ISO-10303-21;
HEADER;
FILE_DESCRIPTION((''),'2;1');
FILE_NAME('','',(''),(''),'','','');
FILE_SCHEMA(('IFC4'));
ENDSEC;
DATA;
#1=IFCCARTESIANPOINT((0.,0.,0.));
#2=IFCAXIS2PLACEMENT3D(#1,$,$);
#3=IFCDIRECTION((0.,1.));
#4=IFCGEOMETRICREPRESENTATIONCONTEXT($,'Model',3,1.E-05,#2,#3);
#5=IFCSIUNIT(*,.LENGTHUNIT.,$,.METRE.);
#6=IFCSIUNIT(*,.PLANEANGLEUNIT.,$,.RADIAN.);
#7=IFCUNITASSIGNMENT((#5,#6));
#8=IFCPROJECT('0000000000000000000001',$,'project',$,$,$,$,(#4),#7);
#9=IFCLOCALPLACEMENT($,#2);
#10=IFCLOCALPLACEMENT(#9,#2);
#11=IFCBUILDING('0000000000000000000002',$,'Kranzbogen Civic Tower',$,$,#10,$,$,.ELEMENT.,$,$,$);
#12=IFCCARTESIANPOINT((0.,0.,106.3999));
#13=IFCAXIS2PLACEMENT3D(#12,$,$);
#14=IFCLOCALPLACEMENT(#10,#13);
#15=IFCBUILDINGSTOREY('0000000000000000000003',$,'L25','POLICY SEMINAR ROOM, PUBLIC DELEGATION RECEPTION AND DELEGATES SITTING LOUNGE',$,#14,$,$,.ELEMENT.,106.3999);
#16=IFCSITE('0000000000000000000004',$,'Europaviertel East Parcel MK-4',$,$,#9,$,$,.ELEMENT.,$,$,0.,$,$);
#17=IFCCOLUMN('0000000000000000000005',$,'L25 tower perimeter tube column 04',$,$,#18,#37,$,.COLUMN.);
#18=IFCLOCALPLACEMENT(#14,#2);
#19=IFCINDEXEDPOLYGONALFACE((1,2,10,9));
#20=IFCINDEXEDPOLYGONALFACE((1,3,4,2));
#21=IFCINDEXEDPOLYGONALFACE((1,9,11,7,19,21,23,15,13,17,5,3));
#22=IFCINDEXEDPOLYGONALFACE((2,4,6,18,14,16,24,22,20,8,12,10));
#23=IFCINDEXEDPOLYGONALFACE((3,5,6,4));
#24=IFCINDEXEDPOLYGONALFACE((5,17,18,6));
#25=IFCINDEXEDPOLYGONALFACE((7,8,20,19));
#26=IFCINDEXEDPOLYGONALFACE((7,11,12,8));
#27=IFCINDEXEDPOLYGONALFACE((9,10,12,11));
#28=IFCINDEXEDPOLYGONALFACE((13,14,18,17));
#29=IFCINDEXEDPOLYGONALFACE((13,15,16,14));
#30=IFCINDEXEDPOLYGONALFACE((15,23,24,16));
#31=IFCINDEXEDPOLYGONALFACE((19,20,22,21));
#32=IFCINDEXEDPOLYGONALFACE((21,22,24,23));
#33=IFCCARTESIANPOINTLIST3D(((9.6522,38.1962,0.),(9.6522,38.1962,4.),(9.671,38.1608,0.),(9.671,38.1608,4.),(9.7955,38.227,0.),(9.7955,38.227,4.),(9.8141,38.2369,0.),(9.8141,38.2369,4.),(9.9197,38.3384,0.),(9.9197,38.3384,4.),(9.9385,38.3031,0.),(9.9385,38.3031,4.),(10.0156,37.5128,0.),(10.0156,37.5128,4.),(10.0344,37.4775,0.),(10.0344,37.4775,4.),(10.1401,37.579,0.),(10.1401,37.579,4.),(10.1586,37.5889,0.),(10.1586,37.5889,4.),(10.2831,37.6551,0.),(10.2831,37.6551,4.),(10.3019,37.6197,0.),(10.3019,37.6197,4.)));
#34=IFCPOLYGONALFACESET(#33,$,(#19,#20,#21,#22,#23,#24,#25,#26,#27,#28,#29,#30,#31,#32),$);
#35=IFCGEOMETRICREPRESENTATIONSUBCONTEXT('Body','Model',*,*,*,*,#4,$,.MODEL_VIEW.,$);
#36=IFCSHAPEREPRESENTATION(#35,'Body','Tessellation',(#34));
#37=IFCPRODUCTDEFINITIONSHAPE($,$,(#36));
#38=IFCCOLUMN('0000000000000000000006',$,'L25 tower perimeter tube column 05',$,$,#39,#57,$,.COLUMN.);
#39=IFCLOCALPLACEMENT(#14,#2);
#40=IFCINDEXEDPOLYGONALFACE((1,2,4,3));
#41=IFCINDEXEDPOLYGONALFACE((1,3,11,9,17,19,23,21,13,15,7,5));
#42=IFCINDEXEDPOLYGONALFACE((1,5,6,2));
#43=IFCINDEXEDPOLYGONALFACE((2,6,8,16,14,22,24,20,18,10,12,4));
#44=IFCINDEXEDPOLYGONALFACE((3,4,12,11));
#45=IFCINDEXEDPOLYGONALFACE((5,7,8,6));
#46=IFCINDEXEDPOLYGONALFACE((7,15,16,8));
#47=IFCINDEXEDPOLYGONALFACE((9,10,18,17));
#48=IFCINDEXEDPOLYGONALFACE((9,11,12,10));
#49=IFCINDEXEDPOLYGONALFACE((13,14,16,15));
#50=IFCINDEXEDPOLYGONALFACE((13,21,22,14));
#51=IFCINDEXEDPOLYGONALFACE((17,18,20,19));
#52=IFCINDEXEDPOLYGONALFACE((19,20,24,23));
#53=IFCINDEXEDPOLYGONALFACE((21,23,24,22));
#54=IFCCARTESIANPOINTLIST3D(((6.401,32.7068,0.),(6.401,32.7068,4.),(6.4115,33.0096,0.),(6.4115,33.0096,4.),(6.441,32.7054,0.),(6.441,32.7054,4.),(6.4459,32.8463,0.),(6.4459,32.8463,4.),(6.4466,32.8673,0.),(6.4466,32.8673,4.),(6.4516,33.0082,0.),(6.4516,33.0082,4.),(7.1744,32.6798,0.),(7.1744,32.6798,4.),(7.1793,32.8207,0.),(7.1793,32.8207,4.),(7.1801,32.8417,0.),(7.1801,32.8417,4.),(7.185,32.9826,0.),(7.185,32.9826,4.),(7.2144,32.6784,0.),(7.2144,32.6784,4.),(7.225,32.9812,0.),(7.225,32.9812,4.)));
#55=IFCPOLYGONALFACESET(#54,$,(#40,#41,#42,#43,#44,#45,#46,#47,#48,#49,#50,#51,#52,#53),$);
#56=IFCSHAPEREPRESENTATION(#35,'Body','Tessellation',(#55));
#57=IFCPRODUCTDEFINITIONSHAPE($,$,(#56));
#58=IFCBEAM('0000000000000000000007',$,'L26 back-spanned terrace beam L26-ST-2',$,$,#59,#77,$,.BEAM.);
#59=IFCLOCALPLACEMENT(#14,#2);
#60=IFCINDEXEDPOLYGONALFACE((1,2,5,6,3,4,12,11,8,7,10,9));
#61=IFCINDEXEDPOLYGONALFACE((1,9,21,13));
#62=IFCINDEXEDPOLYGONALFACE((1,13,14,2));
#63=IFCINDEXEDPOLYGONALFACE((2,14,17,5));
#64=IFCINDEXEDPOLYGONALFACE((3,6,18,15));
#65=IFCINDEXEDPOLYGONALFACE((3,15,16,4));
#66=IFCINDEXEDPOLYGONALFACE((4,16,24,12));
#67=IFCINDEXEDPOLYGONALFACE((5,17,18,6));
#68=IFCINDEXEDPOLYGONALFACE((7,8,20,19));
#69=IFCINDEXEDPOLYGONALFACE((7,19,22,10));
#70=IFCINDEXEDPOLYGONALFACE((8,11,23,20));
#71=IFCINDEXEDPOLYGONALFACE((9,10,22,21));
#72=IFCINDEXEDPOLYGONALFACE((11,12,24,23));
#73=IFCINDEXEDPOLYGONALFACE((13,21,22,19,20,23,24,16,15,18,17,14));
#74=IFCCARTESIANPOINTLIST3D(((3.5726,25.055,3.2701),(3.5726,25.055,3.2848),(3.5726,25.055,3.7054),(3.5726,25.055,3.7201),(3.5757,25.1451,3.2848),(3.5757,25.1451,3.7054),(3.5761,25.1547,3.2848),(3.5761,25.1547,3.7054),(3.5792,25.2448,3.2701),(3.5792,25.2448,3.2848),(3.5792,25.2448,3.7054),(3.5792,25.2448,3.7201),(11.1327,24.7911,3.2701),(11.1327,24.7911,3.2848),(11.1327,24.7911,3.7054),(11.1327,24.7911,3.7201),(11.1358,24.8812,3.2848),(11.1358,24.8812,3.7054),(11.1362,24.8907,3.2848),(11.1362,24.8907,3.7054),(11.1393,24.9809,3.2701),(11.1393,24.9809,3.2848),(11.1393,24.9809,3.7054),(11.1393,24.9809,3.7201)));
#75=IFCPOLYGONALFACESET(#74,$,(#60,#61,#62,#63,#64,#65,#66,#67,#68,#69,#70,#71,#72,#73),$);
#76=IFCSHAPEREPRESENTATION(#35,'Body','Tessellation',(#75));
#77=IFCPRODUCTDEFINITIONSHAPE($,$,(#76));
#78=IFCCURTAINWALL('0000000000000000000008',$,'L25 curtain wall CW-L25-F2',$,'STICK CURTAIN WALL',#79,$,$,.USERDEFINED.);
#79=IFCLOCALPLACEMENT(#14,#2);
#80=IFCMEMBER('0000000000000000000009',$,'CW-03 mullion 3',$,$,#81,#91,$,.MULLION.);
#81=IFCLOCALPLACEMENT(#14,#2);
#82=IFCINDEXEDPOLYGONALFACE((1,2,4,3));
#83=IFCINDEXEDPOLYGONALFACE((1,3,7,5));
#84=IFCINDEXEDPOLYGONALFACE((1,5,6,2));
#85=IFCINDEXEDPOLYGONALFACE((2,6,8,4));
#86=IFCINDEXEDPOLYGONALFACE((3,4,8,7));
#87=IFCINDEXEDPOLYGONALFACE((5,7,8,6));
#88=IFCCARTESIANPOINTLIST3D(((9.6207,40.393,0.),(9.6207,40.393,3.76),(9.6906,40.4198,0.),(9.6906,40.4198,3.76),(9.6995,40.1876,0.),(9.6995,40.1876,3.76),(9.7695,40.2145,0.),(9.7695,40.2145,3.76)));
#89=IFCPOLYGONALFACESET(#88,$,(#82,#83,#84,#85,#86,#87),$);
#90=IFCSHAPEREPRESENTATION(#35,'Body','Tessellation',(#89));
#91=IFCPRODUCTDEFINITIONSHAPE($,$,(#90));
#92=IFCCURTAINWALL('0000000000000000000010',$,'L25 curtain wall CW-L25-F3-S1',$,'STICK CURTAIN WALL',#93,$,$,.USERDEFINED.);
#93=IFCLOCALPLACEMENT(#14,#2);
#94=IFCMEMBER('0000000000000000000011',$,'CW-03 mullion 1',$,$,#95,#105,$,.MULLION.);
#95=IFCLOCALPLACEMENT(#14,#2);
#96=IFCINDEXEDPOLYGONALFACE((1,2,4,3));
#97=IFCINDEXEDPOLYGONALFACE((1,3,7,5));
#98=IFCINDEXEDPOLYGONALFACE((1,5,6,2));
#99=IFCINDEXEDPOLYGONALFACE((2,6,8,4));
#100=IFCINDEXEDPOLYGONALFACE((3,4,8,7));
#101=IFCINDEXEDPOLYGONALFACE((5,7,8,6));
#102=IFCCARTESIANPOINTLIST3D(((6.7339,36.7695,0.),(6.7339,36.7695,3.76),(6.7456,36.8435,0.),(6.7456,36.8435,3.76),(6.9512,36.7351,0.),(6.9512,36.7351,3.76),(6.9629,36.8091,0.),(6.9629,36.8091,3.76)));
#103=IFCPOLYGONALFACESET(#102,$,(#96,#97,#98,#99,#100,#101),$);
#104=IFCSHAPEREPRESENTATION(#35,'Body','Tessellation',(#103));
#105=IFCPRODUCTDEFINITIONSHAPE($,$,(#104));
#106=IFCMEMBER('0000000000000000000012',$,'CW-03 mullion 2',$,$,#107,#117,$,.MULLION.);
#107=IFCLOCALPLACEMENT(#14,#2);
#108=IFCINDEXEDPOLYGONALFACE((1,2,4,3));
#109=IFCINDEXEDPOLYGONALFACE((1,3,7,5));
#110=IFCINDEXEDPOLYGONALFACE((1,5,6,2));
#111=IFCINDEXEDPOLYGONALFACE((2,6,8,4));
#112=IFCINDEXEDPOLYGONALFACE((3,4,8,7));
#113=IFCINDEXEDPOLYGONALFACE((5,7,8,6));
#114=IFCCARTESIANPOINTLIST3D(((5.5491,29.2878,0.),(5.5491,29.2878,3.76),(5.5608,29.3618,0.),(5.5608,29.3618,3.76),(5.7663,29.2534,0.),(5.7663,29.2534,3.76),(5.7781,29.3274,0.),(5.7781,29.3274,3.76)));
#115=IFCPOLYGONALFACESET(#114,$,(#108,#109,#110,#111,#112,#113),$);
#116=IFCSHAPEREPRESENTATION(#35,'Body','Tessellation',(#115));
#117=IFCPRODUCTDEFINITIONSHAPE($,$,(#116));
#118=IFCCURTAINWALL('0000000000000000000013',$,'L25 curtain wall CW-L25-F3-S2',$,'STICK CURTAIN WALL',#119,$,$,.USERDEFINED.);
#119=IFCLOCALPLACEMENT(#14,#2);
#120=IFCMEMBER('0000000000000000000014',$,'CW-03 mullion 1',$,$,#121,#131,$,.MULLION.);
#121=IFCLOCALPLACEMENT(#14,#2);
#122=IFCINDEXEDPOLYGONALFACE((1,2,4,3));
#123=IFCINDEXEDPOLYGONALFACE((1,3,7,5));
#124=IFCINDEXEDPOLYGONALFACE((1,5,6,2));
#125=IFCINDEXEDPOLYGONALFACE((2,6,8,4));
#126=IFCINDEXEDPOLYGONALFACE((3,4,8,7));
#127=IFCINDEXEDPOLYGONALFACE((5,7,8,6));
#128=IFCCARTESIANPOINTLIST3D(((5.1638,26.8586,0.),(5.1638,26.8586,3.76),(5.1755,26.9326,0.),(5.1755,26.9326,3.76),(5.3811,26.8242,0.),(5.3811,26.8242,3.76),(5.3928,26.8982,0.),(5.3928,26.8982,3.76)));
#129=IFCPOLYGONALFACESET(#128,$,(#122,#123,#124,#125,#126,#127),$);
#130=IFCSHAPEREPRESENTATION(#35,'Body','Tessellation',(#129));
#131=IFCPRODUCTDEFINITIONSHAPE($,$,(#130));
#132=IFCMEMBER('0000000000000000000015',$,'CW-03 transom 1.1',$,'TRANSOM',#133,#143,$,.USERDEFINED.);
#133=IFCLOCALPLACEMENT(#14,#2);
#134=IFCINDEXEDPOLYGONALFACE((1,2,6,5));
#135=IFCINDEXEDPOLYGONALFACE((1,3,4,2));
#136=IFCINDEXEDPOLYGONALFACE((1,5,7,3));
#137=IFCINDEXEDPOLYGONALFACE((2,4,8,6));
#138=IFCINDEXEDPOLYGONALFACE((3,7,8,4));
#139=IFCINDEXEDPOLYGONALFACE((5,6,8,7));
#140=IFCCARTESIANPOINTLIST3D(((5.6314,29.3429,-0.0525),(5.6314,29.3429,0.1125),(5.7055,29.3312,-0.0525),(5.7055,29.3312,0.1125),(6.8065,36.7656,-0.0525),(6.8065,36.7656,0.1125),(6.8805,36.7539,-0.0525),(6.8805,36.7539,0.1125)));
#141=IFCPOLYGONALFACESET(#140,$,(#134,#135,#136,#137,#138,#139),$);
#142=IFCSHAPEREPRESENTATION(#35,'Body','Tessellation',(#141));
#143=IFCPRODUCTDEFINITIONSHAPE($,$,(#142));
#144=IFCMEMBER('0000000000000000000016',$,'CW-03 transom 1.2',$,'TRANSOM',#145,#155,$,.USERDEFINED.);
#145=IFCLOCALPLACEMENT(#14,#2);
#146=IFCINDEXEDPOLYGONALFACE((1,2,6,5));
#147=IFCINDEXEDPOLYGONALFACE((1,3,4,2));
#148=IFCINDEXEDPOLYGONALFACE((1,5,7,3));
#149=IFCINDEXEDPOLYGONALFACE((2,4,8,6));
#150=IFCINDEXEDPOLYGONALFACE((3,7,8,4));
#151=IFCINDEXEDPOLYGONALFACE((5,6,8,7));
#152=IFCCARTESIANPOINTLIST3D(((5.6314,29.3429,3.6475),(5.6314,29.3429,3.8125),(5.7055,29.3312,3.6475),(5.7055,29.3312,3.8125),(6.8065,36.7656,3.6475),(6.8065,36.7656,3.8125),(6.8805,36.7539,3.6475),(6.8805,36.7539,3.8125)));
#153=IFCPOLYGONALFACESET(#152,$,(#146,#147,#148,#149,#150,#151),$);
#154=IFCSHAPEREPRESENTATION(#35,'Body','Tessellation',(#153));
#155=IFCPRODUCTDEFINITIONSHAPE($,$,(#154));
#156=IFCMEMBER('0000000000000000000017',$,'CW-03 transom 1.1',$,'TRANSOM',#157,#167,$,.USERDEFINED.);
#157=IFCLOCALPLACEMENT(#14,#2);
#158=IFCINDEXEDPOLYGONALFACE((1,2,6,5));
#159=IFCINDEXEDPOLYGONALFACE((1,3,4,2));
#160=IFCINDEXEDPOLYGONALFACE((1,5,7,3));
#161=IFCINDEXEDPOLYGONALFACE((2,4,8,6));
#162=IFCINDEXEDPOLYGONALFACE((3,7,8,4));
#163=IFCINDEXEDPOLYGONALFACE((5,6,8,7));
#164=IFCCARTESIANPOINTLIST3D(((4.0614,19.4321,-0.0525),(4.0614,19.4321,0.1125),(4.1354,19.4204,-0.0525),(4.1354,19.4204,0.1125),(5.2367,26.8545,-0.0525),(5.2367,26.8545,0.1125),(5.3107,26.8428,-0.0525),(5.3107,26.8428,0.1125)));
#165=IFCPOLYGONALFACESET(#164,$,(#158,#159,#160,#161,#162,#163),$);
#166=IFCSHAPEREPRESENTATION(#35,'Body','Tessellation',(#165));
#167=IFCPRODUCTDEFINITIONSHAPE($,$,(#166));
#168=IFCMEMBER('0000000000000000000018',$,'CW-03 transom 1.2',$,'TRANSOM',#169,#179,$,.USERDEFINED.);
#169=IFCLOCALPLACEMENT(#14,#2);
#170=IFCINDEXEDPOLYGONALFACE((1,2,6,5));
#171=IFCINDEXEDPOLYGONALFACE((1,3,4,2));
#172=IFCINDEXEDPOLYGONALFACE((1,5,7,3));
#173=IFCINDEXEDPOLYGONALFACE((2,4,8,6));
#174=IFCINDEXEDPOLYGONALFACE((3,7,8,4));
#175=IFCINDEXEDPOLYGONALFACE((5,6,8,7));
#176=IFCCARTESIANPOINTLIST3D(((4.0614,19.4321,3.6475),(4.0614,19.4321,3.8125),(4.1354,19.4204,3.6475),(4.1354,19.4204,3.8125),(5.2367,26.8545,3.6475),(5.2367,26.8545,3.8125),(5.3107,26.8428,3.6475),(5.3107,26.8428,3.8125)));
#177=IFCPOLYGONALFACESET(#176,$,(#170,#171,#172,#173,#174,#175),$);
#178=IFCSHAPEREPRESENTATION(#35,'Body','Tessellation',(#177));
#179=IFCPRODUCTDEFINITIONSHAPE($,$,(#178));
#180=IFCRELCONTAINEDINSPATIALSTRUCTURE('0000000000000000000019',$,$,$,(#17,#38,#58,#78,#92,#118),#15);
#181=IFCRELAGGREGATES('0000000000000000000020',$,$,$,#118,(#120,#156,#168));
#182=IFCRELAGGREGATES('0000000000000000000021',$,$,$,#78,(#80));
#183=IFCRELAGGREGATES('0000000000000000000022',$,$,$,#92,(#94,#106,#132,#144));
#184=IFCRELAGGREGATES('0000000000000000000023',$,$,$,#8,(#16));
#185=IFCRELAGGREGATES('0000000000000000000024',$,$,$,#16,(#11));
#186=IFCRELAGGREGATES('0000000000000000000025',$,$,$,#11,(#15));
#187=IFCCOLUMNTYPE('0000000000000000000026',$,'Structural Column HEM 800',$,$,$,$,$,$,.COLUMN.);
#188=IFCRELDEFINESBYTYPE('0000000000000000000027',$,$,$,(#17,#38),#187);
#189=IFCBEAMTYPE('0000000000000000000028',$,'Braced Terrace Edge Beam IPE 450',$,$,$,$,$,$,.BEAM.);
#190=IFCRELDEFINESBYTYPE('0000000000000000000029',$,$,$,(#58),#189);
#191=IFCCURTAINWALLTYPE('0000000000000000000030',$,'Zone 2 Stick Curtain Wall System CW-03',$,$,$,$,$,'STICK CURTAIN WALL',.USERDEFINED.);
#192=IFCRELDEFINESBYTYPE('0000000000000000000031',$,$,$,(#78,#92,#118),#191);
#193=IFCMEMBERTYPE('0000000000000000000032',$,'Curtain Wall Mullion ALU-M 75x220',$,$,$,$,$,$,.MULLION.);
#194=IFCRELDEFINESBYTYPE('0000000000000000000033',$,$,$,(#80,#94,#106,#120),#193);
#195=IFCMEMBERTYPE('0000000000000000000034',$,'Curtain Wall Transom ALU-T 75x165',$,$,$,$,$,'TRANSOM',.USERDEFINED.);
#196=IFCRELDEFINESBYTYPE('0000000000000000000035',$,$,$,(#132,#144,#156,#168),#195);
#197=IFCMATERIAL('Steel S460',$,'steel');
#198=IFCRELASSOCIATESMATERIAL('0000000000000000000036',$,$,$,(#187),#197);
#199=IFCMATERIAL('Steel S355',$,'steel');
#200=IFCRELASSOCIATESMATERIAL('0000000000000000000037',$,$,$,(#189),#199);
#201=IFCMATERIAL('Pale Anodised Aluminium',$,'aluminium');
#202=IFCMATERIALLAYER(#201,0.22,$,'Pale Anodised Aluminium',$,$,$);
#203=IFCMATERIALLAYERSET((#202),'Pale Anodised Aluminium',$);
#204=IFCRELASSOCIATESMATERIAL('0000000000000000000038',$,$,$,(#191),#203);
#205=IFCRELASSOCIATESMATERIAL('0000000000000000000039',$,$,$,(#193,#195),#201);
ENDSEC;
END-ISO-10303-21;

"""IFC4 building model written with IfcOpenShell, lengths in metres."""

from ifc_helpers import new_model, si_unit, direction, frame, origin, origin_2d, place, context, subcontext, project, spatial, rectangle, i_section, extrude, material, layer, layer_set, material_profile, profile_set, type_object, element, aggregate, save


model = new_model("IFC4")

# Units and contexts
model_context = context("Model", 3, precision=1e-05, world=origin(), true_north=direction((0.0, 1.0)))
body_context = subcontext(model_context, "Body", "Model", "MODEL_VIEW")
ifc_project = project(units=[si_unit("LENGTHUNIT", "METRE"), si_unit("PLANEANGLEUNIT", "RADIAN")], contexts=[model_context])

# Site, building, storey
site_placement = place(None, origin())
site = spatial("IfcSite", under=ifc_project, at=site_placement, Name="Europaviertel East Parcel MK-4", CompositionType="ELEMENT", RefElevation=0.0)
building_placement = place(site_placement, origin())
building = spatial("IfcBuilding", under=site, at=building_placement, Name="Kranzbogen Civic Tower", CompositionType="ELEMENT")
storey_placement = place(building_placement, frame((0.0, 0.0, 106.3999)))
storey = spatial("IfcBuildingStorey", under=building, at=storey_placement, Name="L25", Description="POLICY SEMINAR ROOM, PUBLIC DELEGATION RECEPTION AND DELEGATES SITTING LOUNGE", CompositionType="ELEMENT", Elevation=106.3999)

# Columns
ifc_material_1 = material(Name="Steel S460", Category="steel")
ifc_material_profile_1 = material_profile(ifc_material_1, i_section(OverallWidth=0.303, OverallDepth=0.814, WebThickness=0.021, FlangeThickness=0.04, at=origin_2d()), Name="HEM 800")
ifc_profile_set_1 = profile_set([ifc_material_profile_1], Name="Steel S460")
column_type = type_object("IfcColumnType", Name="Structural Column HEM 800", PredefinedType="COLUMN", material=ifc_profile_set_1)
for number, where, z_axis, x_axis, name in (
    (1, (9.9771, 37.908, 0.0), (0.0, 0.0, 1.0), (0.882948, 0.469472, 0.0), "L25 tower perimeter tube column 04"),
    (2, (6.813, 32.844, 0.0), (0.0, 0.0, 1.0), (0.034899, 0.999391, 0.0), "L25 tower perimeter tube column 05"),
):
    element("IfcColumn", number, at=place(storey_placement, frame(where, z_axis=z_axis, x_axis=x_axis)), inside=storey, type_object=column_type, Name=name, PredefinedType="COLUMN", context=body_context, shape_type="SweptSolid", body=[
        extrude(i_section(OverallWidth=0.303, OverallDepth=0.814, WebThickness=0.021, FlangeThickness=0.04, at=origin_2d()), origin(), (0.0, 0.0, 1.0), 4.0),
    ])

# Beam
ifc_material_2 = material(Name="Steel S355", Category="steel")
ifc_material_profile_2 = material_profile(ifc_material_2, i_section(OverallWidth=0.1899, OverallDepth=0.45, WebThickness=0.0095, FlangeThickness=0.0146, at=origin_2d()), Name="IPE 450")
ifc_profile_set_2 = profile_set([ifc_material_profile_2], Name="Steel S355")
beam_type_1 = type_object("IfcBeamType", Name="Braced Terrace Edge Beam IPE 450", PredefinedType="BEAM", material=ifc_profile_set_2)
beam_1_placement = place(storey_placement, frame((11.136, 24.886, 3.4951), z_axis=(-0.999391, 0.034888, 0.0), x_axis=(-0.034888, -0.999391, 0.0)))
element("IfcBeam", 3, at=beam_1_placement, inside=storey, type_object=beam_type_1, Name="L26 back-spanned terrace beam L26-ST-2", PredefinedType="BEAM", context=body_context, shape_type="SweptSolid", body=[
    extrude(i_section(OverallWidth=0.1899, OverallDepth=0.45, WebThickness=0.0095, FlangeThickness=0.0146, at=origin_2d()), origin(), (0.0, 0.0, 1.0), 7.5647),
])

# Curtain wall, member
ifc_material_3 = material(Name="Pale Anodised Aluminium", Category="aluminium")
ifc_layer_1 = layer(ifc_material_3, 0.22, Name="Pale Anodised Aluminium")
ifc_layer_set_1 = layer_set([ifc_layer_1], Name="Pale Anodised Aluminium")
curtain_wall_type = type_object("IfcCurtainWallType", Name="Zone 2 Stick Curtain Wall System CW-03", ElementType="STICK CURTAIN WALL", PredefinedType="USERDEFINED", material=ifc_layer_set_1)
curtain_wall_1_placement = place(storey_placement, origin())
curtain_wall_1 = element("IfcCurtainWall", 4, at=curtain_wall_1_placement, inside=storey, type_object=curtain_wall_type, Name="L25 curtain wall CW-L25-F2", ObjectType="STICK CURTAIN WALL", PredefinedType="USERDEFINED")
ifc_material_profile_3 = material_profile(ifc_material_3, rectangle(XDim=0.075, YDim=0.22, at=origin_2d()), Name="ALU-M 75x220")
ifc_profile_set_3 = profile_set([ifc_material_profile_3], Name="Pale Anodised Aluminium")
member_type_1 = type_object("IfcMemberType", Name="Curtain Wall Mullion ALU-M 75x220", PredefinedType="MULLION", material=ifc_profile_set_3)
member_1_placement = place(storey_placement, frame((9.6951, 40.3037, 0.0), z_axis=(0.0, 0.0, 1.0), x_axis=(-0.93357, -0.358395, 0.0)))
member_1 = element("IfcMember", 5, at=member_1_placement, type_object=member_type_1, Name="CW-03 mullion 3", PredefinedType="MULLION", context=body_context, shape_type="SweptSolid", body=[
    extrude(rectangle(XDim=0.075, YDim=0.22, at=origin_2d()), origin(), (0.0, 0.0, 1.0), 3.76),
])

# Curtain wall, members
curtain_wall_2_placement = place(storey_placement, origin())
curtain_wall_2 = element("IfcCurtainWall", 6, at=curtain_wall_2_placement, inside=storey, type_object=curtain_wall_type, Name="L25 curtain wall CW-L25-F3-S1", ObjectType="STICK CURTAIN WALL", PredefinedType="USERDEFINED")
member_2_placement = place(storey_placement, frame((6.8484, 36.7893, 0.0), z_axis=(0.0, 0.0, 1.0), x_axis=(-0.156386, -0.987696, 0.0)))
member_2 = element("IfcMember", 7, at=member_2_placement, type_object=member_type_1, Name="CW-03 mullion 1", PredefinedType="MULLION", context=body_context, shape_type="SweptSolid", body=[
    extrude(rectangle(XDim=0.075, YDim=0.22, at=origin_2d()), origin(), (0.0, 0.0, 1.0), 3.76),
])
member_3_placement = place(storey_placement, frame((5.6636, 29.3076, 0.0), z_axis=(0.0, 0.0, 1.0), x_axis=(-0.156386, -0.987696, 0.0)))
member_3 = element("IfcMember", 8, at=member_3_placement, type_object=member_type_1, Name="CW-03 mullion 2", PredefinedType="MULLION", context=body_context, shape_type="SweptSolid", body=[
    extrude(rectangle(XDim=0.075, YDim=0.22, at=origin_2d()), origin(), (0.0, 0.0, 1.0), 3.76),
])

# Curtain wall, member
curtain_wall_3_placement = place(storey_placement, origin())
curtain_wall_3 = element("IfcCurtainWall", 9, at=curtain_wall_3_placement, inside=storey, type_object=curtain_wall_type, Name="L25 curtain wall CW-L25-F3-S2", ObjectType="STICK CURTAIN WALL", PredefinedType="USERDEFINED")
member_4_placement = place(storey_placement, frame((5.2783, 26.8784, 0.0), z_axis=(0.0, 0.0, 1.0), x_axis=(-0.156386, -0.987696, 0.0)))
member_4 = element("IfcMember", 10, at=member_4_placement, type_object=member_type_1, Name="CW-03 mullion 1", PredefinedType="MULLION", context=body_context, shape_type="SweptSolid", body=[
    extrude(rectangle(XDim=0.075, YDim=0.22, at=origin_2d()), origin(), (0.0, 0.0, 1.0), 3.76),
])

# Members
ifc_material_profile_4 = material_profile(ifc_material_3, rectangle(XDim=0.075, YDim=0.165, at=origin_2d()), Name="ALU-T 75x165")
ifc_profile_set_4 = profile_set([ifc_material_profile_4], Name="Pale Anodised Aluminium")
member_type_2 = type_object("IfcMemberType", Name="Curtain Wall Transom ALU-T 75x165", ElementType="TRANSOM", PredefinedType="USERDEFINED", material=ifc_profile_set_4)
member_5_placement = place(storey_placement, frame((6.8435, 36.7598, 0.03), z_axis=(-0.15636, -0.9877, 0.0), x_axis=(0.9877, -0.15636, 0.0)))
member_5 = element("IfcMember", 11, at=member_5_placement, type_object=member_type_2, Name="CW-03 transom 1.1", ObjectType="TRANSOM", PredefinedType="USERDEFINED", context=body_context, shape_type="SweptSolid", body=[
    extrude(rectangle(XDim=0.075, YDim=0.165, at=origin_2d()), origin(), (0.0, 0.0, 1.0), 7.5151),
])
member_6_placement = place(storey_placement, frame((6.8435, 36.7598, 3.73), z_axis=(-0.15636, -0.9877, 0.0), x_axis=(0.9877, -0.15636, 0.0)))
member_6 = element("IfcMember", 12, at=member_6_placement, type_object=member_type_2, Name="CW-03 transom 1.2", ObjectType="TRANSOM", PredefinedType="USERDEFINED", context=body_context, shape_type="SweptSolid", body=[
    extrude(rectangle(XDim=0.075, YDim=0.165, at=origin_2d()), origin(), (0.0, 0.0, 1.0), 7.5151),
])
member_7_placement = place(storey_placement, frame((5.2737, 26.8486, 0.03), z_axis=(-0.156396, -0.987694, 0.0), x_axis=(0.987694, -0.156396, 0.0)))
member_7 = element("IfcMember", 13, at=member_7_placement, type_object=member_type_2, Name="CW-03 transom 1.1", ObjectType="TRANSOM", PredefinedType="USERDEFINED", context=body_context, shape_type="SweptSolid", body=[
    extrude(rectangle(XDim=0.075, YDim=0.165, at=origin_2d()), origin(), (0.0, 0.0, 1.0), 7.5149),
])
member_8_placement = place(storey_placement, frame((5.2737, 26.8486, 3.73), z_axis=(-0.156396, -0.987694, 0.0), x_axis=(0.987694, -0.156396, 0.0)))
member_8 = element("IfcMember", 14, at=member_8_placement, type_object=member_type_2, Name="CW-03 transom 1.2", ObjectType="TRANSOM", PredefinedType="USERDEFINED", context=body_context, shape_type="SweptSolid", body=[
    extrude(rectangle(XDim=0.075, YDim=0.165, at=origin_2d()), origin(), (0.0, 0.0, 1.0), 7.5149),
])
aggregate(curtain_wall_3, [member_4, member_7, member_8])

aggregate(curtain_wall_1, [member_1])
aggregate(curtain_wall_2, [member_2, member_3, member_5, member_6])

save(model, "model.ifc")
